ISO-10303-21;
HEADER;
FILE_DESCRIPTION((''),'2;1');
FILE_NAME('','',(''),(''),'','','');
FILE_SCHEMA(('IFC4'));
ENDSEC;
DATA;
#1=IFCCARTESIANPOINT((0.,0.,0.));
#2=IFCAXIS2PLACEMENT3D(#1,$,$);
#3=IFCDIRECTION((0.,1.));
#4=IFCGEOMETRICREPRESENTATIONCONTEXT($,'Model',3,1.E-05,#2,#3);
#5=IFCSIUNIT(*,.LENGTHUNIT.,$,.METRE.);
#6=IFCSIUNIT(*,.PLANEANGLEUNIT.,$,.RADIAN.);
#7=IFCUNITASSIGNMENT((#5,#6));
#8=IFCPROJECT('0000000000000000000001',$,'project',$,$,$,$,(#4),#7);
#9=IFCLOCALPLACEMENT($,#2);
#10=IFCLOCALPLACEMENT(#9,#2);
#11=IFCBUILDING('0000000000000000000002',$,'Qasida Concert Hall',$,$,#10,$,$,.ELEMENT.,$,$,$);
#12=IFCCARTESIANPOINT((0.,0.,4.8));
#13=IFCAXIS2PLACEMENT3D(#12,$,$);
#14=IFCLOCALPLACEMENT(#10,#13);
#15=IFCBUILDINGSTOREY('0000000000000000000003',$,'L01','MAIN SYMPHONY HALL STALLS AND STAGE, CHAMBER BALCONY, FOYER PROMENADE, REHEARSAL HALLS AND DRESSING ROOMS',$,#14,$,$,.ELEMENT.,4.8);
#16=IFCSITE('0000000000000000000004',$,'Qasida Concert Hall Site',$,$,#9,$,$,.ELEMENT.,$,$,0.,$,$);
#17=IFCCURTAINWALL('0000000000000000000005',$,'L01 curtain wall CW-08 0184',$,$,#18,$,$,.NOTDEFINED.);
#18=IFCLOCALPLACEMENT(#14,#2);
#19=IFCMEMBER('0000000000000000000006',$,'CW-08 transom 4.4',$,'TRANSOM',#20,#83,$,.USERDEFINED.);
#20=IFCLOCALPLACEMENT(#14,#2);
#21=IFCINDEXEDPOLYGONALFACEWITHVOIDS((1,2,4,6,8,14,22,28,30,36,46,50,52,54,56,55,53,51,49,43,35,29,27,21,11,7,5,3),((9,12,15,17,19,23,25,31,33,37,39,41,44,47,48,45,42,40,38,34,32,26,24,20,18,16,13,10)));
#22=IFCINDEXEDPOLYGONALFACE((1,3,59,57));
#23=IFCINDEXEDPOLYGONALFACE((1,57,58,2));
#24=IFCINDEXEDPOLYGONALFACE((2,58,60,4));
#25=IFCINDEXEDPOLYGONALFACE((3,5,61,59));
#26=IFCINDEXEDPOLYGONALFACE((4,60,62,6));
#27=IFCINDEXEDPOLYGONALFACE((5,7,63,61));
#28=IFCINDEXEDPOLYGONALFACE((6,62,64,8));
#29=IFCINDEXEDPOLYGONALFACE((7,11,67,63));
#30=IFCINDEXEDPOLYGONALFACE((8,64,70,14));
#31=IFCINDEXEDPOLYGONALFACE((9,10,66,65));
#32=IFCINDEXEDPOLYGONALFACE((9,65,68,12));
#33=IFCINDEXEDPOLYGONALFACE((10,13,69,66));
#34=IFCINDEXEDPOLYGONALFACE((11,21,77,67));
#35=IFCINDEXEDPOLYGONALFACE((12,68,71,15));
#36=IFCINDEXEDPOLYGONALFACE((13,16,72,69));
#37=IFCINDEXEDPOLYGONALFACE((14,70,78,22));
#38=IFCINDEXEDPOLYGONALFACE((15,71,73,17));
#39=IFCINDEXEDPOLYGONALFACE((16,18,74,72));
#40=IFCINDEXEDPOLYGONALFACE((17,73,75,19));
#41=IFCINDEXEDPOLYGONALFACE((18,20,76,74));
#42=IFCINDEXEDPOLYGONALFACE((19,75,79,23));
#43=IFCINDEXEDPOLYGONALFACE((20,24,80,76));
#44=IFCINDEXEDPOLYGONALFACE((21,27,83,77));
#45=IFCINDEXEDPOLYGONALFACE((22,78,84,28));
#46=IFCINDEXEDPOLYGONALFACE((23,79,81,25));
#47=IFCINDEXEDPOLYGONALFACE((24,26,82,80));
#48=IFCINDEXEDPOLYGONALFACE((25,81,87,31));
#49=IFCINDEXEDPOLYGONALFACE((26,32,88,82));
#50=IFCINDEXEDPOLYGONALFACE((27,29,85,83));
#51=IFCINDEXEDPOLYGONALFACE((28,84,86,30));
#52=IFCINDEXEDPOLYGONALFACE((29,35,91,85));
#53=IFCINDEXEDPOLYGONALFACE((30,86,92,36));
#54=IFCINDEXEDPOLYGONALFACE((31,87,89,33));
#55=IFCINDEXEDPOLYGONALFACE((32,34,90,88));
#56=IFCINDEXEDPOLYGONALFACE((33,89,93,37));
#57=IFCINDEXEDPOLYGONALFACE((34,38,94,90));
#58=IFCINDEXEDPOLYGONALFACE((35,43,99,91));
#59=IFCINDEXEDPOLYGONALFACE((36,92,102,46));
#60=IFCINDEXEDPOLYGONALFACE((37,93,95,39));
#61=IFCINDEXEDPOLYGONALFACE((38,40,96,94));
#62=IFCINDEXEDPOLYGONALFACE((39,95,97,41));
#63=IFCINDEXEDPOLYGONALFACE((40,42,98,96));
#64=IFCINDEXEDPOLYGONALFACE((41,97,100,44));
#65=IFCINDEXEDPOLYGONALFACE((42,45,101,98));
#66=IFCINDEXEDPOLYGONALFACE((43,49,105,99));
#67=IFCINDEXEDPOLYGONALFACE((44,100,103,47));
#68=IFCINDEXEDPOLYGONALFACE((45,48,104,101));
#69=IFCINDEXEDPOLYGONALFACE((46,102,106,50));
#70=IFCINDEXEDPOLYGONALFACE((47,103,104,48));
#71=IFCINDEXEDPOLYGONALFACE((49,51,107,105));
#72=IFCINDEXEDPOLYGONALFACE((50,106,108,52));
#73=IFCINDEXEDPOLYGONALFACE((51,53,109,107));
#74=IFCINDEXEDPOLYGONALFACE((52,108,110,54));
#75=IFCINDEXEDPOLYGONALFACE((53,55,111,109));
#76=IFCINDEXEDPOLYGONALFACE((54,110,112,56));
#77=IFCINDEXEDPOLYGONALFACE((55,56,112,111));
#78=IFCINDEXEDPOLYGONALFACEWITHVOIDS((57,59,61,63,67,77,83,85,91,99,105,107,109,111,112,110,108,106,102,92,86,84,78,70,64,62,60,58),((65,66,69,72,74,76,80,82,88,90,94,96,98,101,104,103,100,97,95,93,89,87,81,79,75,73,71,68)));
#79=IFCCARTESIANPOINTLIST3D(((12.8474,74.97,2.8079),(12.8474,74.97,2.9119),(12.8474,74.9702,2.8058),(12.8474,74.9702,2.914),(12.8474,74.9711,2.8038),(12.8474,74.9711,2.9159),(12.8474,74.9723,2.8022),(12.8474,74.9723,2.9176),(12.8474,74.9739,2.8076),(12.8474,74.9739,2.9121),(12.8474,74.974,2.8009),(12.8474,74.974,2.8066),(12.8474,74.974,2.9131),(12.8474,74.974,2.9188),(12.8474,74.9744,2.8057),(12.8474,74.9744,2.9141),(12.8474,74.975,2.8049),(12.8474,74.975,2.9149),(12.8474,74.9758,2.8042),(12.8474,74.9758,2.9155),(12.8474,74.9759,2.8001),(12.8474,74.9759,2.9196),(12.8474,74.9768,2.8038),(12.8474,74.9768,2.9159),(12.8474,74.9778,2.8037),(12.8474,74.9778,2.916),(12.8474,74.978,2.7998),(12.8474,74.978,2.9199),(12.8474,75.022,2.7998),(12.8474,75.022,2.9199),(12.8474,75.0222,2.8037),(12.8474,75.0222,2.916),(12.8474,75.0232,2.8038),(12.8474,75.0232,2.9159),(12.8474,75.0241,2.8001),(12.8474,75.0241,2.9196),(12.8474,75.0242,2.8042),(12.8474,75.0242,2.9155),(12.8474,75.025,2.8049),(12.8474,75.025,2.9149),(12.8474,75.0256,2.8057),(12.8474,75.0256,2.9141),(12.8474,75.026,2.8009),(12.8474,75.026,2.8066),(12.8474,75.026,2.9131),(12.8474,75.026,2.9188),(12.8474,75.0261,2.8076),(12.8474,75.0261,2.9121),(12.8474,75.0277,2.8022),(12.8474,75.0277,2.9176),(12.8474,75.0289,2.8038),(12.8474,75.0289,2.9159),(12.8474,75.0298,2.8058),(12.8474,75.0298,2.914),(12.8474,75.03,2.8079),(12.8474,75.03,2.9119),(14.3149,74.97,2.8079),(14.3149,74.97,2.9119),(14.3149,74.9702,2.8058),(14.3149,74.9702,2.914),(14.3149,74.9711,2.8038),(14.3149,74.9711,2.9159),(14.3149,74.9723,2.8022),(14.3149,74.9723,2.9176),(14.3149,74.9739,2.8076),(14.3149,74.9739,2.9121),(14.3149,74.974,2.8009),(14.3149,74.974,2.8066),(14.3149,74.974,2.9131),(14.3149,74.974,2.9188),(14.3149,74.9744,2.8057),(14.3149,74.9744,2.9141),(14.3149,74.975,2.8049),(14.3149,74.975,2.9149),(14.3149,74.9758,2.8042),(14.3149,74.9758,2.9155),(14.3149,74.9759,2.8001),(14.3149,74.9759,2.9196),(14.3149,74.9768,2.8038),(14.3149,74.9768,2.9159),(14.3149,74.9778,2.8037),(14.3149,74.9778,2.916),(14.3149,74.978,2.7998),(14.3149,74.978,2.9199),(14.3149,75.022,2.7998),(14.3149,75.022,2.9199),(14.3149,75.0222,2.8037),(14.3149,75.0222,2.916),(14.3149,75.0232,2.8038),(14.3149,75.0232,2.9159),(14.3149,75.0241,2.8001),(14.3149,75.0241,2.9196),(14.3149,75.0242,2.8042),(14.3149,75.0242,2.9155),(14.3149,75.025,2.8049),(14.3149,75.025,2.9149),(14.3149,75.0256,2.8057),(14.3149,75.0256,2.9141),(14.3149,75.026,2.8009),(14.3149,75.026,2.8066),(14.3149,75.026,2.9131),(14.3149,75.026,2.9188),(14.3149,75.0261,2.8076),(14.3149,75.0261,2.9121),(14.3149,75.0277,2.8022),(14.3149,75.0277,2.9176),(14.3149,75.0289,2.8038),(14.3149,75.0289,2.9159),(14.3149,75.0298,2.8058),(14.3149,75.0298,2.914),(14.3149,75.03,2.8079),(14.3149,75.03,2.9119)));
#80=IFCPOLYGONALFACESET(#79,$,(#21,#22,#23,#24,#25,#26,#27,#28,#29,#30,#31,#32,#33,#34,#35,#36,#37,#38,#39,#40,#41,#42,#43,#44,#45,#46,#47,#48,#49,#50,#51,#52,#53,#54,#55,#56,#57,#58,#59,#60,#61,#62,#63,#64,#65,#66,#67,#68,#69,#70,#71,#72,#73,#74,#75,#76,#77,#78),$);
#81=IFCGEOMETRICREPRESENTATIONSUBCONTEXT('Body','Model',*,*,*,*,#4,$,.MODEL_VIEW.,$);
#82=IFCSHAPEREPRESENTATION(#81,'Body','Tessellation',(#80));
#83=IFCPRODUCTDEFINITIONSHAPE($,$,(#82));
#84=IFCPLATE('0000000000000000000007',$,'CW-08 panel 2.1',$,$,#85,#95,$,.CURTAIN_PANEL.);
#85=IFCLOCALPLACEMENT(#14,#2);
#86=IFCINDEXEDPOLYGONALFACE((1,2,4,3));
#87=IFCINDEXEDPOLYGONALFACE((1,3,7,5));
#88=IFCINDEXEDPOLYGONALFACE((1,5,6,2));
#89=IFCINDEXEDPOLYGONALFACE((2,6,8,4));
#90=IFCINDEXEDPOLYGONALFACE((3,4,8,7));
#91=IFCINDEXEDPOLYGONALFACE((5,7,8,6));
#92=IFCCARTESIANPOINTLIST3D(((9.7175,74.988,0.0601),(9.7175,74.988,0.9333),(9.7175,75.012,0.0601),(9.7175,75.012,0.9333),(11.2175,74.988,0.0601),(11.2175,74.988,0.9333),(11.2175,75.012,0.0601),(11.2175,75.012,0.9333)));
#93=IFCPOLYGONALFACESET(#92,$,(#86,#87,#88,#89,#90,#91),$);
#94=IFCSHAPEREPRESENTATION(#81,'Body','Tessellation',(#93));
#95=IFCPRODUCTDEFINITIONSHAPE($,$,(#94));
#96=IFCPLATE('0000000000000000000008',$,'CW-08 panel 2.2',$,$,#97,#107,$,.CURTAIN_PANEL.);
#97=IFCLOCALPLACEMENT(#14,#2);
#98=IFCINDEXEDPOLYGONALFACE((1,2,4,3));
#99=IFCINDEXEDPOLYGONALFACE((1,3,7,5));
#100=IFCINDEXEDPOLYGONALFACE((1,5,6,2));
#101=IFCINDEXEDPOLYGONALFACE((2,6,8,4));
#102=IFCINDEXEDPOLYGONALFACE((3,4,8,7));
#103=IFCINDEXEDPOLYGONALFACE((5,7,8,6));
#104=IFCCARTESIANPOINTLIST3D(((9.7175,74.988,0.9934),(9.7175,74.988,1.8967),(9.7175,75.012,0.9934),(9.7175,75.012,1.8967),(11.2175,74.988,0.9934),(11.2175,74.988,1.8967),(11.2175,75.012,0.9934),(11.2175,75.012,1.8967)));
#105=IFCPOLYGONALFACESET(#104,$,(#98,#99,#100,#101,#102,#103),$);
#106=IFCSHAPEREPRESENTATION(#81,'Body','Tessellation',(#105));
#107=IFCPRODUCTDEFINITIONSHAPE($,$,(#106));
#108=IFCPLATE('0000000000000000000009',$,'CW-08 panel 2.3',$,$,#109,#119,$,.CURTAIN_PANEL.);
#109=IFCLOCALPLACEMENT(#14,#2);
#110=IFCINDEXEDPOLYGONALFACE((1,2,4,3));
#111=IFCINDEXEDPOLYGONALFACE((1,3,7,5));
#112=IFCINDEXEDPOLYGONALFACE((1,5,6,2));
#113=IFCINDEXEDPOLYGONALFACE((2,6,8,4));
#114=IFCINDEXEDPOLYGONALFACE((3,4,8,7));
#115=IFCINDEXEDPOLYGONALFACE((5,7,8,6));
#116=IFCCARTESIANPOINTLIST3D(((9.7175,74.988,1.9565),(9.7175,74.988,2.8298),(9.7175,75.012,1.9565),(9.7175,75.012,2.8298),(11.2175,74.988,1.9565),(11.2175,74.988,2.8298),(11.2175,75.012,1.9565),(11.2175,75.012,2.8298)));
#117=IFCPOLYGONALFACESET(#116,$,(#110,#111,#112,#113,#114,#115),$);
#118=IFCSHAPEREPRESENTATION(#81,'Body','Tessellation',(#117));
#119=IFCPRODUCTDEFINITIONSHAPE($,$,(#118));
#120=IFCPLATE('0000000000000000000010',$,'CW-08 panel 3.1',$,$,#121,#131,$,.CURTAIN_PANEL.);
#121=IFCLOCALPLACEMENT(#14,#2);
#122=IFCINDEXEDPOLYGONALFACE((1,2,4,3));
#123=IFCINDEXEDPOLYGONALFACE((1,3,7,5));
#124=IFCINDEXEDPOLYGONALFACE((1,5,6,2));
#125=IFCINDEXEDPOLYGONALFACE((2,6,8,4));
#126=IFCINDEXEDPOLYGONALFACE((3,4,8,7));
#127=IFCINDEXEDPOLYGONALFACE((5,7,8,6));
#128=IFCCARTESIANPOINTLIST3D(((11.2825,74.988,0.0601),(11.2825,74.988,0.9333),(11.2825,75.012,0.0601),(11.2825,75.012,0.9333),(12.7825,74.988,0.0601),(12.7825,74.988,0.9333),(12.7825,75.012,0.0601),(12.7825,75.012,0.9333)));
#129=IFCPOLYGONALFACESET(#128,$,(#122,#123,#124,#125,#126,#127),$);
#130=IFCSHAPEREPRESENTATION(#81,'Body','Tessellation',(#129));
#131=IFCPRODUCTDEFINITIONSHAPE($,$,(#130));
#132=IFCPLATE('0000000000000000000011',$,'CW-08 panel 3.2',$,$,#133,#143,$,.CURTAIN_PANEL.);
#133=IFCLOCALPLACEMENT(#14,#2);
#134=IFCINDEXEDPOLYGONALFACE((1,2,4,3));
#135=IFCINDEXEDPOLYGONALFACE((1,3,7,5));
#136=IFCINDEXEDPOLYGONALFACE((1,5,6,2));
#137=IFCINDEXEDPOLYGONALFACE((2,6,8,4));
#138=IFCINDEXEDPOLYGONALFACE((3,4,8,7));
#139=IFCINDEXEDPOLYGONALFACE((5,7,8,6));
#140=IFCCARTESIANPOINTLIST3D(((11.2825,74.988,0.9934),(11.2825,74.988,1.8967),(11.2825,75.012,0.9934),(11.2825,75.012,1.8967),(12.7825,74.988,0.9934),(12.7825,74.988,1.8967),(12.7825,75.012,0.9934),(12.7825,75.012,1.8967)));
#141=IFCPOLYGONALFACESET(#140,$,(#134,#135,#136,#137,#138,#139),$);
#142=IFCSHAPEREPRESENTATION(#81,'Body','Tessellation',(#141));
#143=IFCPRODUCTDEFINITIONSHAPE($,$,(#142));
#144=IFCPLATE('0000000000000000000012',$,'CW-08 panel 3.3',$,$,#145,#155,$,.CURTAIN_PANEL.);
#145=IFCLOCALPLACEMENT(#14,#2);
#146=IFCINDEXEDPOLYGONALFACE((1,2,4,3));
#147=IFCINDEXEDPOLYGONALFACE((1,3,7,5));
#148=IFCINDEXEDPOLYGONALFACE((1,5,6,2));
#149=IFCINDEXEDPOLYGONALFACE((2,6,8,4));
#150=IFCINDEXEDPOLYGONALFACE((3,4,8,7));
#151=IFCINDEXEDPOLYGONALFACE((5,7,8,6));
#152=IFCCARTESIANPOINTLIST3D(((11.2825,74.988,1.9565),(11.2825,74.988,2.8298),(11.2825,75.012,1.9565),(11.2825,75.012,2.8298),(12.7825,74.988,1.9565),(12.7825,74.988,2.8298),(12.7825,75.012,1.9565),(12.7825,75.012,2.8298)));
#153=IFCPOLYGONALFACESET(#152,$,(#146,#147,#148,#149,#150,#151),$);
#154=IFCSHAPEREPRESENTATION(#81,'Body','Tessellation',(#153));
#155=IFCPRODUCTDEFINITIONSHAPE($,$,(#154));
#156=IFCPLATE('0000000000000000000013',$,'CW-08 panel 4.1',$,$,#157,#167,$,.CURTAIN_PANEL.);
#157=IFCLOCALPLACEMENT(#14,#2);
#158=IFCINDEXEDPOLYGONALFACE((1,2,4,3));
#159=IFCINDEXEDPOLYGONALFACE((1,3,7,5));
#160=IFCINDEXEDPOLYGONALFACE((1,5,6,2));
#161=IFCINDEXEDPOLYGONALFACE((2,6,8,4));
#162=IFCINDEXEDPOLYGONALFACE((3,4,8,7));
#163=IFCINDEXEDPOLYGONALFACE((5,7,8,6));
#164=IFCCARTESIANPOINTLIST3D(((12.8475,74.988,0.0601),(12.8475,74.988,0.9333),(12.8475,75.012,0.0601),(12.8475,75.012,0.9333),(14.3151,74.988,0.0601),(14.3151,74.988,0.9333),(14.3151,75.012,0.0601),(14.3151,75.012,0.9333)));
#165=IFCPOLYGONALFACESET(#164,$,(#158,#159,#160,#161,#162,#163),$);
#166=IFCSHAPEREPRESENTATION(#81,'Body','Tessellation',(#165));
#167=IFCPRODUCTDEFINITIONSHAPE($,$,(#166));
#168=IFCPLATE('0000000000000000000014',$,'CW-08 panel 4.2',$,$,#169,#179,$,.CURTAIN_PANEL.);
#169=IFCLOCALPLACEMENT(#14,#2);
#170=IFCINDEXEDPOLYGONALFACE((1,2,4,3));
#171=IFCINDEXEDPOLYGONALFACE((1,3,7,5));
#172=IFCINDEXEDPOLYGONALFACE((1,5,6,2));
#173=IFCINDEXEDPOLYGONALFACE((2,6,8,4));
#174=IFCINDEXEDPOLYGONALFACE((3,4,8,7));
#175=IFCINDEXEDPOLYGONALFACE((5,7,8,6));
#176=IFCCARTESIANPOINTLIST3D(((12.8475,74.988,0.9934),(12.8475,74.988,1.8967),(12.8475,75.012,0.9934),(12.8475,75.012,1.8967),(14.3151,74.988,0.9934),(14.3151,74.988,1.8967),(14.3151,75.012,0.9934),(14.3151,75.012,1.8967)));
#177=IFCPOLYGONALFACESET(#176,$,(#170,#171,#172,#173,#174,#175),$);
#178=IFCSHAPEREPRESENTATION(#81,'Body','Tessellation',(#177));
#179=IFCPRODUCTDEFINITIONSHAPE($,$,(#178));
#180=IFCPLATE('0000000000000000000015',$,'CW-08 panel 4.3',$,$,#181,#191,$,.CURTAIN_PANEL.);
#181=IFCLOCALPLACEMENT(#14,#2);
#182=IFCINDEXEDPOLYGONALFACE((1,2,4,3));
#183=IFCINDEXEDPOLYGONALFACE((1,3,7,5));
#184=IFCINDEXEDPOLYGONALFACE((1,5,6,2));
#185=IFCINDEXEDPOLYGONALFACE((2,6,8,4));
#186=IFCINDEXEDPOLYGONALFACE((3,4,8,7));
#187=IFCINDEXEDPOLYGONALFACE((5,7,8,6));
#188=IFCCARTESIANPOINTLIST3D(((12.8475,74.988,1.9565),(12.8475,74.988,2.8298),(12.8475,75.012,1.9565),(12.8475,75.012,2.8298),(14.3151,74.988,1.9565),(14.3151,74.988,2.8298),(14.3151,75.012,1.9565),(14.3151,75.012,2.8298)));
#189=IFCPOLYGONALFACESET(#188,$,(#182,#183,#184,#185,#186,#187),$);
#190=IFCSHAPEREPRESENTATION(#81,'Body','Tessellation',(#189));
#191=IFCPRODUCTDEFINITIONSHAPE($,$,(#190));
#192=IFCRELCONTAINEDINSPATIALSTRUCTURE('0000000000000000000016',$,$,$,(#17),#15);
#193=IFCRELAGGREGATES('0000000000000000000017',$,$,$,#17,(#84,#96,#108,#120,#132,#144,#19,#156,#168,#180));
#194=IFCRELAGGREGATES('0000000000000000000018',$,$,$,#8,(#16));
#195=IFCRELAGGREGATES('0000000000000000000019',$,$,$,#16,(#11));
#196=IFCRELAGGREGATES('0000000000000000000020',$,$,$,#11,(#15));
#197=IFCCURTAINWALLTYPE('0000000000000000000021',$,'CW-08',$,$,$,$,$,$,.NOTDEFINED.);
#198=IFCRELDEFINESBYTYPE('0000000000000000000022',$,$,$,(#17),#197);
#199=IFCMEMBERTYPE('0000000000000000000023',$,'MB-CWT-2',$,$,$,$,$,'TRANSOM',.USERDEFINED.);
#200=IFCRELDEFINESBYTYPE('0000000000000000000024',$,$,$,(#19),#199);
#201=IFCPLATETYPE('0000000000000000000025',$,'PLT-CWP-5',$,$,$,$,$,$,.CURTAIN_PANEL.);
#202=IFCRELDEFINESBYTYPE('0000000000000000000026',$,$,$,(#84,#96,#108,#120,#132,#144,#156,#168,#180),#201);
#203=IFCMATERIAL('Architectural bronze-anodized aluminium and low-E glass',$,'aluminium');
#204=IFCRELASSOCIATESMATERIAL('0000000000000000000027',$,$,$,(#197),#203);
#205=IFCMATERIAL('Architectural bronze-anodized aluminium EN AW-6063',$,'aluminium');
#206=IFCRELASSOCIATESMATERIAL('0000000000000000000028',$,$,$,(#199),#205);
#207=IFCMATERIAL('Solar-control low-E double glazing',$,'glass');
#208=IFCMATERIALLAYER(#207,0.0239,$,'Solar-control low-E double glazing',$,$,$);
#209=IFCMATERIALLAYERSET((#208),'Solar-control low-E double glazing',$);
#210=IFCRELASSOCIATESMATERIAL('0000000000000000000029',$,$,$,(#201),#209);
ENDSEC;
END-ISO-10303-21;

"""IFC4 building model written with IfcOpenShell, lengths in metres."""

from ifc_helpers import new_model, si_unit, direction, frame, origin, origin_2d, place, context, subcontext, project, spatial, rectangle, hollow_rectangle, extrude, material, layer, layer_set, material_profile, profile_set, type_object, element, aggregate, save


model = new_model("IFC4")

# Units and contexts
model_context = context("Model", 3, precision=1e-05, world=origin(), true_north=direction((0.0, 1.0)))
body_context = subcontext(model_context, "Body", "Model", "MODEL_VIEW")
ifc_project = project(units=[si_unit("LENGTHUNIT", "METRE"), si_unit("PLANEANGLEUNIT", "RADIAN")], contexts=[model_context])

# Site, building, storey
site_placement = place(None, origin())
site = spatial("IfcSite", under=ifc_project, at=site_placement, Name="Qasida Concert Hall Site", CompositionType="ELEMENT", RefElevation=0.0)
building_placement = place(site_placement, origin())
building = spatial("IfcBuilding", under=site, at=building_placement, Name="Qasida Concert Hall", CompositionType="ELEMENT")
storey_placement = place(building_placement, frame((0.0, 0.0, 4.8)))
storey = spatial("IfcBuildingStorey", under=building, at=storey_placement, Name="L01", Description="MAIN SYMPHONY HALL STALLS AND STAGE, CHAMBER BALCONY, FOYER PROMENADE, REHEARSAL HALLS AND DRESSING ROOMS", CompositionType="ELEMENT", Elevation=4.8)

# Curtain wall, member, plates
ifc_material_1 = material(Name="Architectural bronze-anodized aluminium and low-E glass", Category="aluminium")
curtain_wall_type = type_object("IfcCurtainWallType", Name="CW-08", PredefinedType="NOTDEFINED", material=ifc_material_1)
curtain_wall_placement = place(storey_placement, origin())
curtain_wall = element("IfcCurtainWall", 1, at=curtain_wall_placement, inside=storey, type_object=curtain_wall_type, Name="L01 curtain wall CW-08 0184", PredefinedType="NOTDEFINED")
ifc_material_2 = material(Name="Architectural bronze-anodized aluminium EN AW-6063", Category="aluminium")
ifc_material_profile_1 = material_profile(ifc_material_2, hollow_rectangle(XDim=0.0601, YDim=0.1201, WallThickness=0.0039, InnerFilletRadius=0.0039, OuterFilletRadius=0.0081, at=origin_2d()), Name="CWT 120x60x4")
ifc_profile_set_1 = profile_set([ifc_material_profile_1], Name="Architectural bronze-anodized aluminium EN AW-6063")
member_type_1 = type_object("IfcMemberType", Name="MB-CWT-2", ElementType="TRANSOM", PredefinedType="USERDEFINED", material=ifc_profile_set_1)
member_1_placement = place(storey_placement, frame((12.8474, 75.0, 2.8599), z_axis=(1.0, 0.0, 0.0), x_axis=(0.0, 1.0, 0.0)))
member_1 = element("IfcMember", 2, at=member_1_placement, type_object=member_type_1, Name="CW-08 transom 4.4", ObjectType="TRANSOM", PredefinedType="USERDEFINED", context=body_context, shape_type="SweptSolid", body=[
    extrude(hollow_rectangle(XDim=0.0601, YDim=0.1201, WallThickness=0.0039, InnerFilletRadius=0.0039, OuterFilletRadius=0.0081, at=origin_2d()), origin(), (0.0, 0.0, 1.0), 1.4675),
])
ifc_material_3 = material(Name="Solar-control low-E double glazing", Category="glass")
ifc_layer_1 = layer(ifc_material_3, 0.0239, Name="Solar-control low-E double glazing")
ifc_layer_set_1 = layer_set([ifc_layer_1], Name="Solar-control low-E double glazing")
plate_type = type_object("IfcPlateType", Name="PLT-CWP-5", PredefinedType="CURTAIN_PANEL", material=ifc_layer_set_1)
plate_1_placement = place(storey_placement, frame((10.4675, 75.0, 0.0601), z_axis=(0.0, 0.0, 1.0), x_axis=(1.0, 0.0, 0.0)))
plate_1 = element("IfcPlate", 3, at=plate_1_placement, type_object=plate_type, Name="CW-08 panel 2.1", PredefinedType="CURTAIN_PANEL", context=body_context, shape_type="SweptSolid", body=[
    extrude(rectangle(XDim=1.5, YDim=0.0239, at=origin_2d()), origin(), (0.0, 0.0, 1.0), 0.8733),
])
plate_2_placement = place(storey_placement, frame((10.4675, 75.0, 0.9934), z_axis=(0.0, 0.0, 1.0), x_axis=(1.0, 0.0, 0.0)))
plate_2 = element("IfcPlate", 4, at=plate_2_placement, type_object=plate_type, Name="CW-08 panel 2.2", PredefinedType="CURTAIN_PANEL", context=body_context, shape_type="SweptSolid", body=[
    extrude(rectangle(XDim=1.5, YDim=0.0239, at=origin_2d()), origin(), (0.0, 0.0, 1.0), 0.9033),
])
plate_3_placement = place(storey_placement, frame((10.4675, 75.0, 1.9565), z_axis=(0.0, 0.0, 1.0), x_axis=(1.0, 0.0, 0.0)))
plate_3 = element("IfcPlate", 5, at=plate_3_placement, type_object=plate_type, Name="CW-08 panel 2.3", PredefinedType="CURTAIN_PANEL", context=body_context, shape_type="SweptSolid", body=[
    extrude(rectangle(XDim=1.5, YDim=0.0239, at=origin_2d()), origin(), (0.0, 0.0, 1.0), 0.8733),
])
plate_4_placement = place(storey_placement, frame((12.0325, 75.0, 0.0601), z_axis=(0.0, 0.0, 1.0), x_axis=(1.0, 0.0, 0.0)))
plate_4 = element("IfcPlate", 6, at=plate_4_placement, type_object=plate_type, Name="CW-08 panel 3.1", PredefinedType="CURTAIN_PANEL", context=body_context, shape_type="SweptSolid", body=[
    extrude(rectangle(XDim=1.5, YDim=0.0239, at=origin_2d()), origin(), (0.0, 0.0, 1.0), 0.8733),
])
plate_5_placement = place(storey_placement, frame((12.0325, 75.0, 0.9934), z_axis=(0.0, 0.0, 1.0), x_axis=(1.0, 0.0, 0.0)))
plate_5 = element("IfcPlate", 7, at=plate_5_placement, type_object=plate_type, Name="CW-08 panel 3.2", PredefinedType="CURTAIN_PANEL", context=body_context, shape_type="SweptSolid", body=[
    extrude(rectangle(XDim=1.5, YDim=0.0239, at=origin_2d()), origin(), (0.0, 0.0, 1.0), 0.9033),
])
plate_6_placement = place(storey_placement, frame((12.0325, 75.0, 1.9565), z_axis=(0.0, 0.0, 1.0), x_axis=(1.0, 0.0, 0.0)))
plate_6 = element("IfcPlate", 8, at=plate_6_placement, type_object=plate_type, Name="CW-08 panel 3.3", PredefinedType="CURTAIN_PANEL", context=body_context, shape_type="SweptSolid", body=[
    extrude(rectangle(XDim=1.5, YDim=0.0239, at=origin_2d()), origin(), (0.0, 0.0, 1.0), 0.8733),
])
plate_7_placement = place(storey_placement, frame((13.5813, 75.0, 0.0601), z_axis=(0.0, 0.0, 1.0), x_axis=(1.0, 0.0, 0.0)))
plate_7 = element("IfcPlate", 9, at=plate_7_placement, type_object=plate_type, Name="CW-08 panel 4.1", PredefinedType="CURTAIN_PANEL", context=body_context, shape_type="SweptSolid", body=[
    extrude(rectangle(XDim=1.4675, YDim=0.0239, at=origin_2d()), origin(), (0.0, 0.0, 1.0), 0.8733),
])
plate_8_placement = place(storey_placement, frame((13.5813, 75.0, 0.9934), z_axis=(0.0, 0.0, 1.0), x_axis=(1.0, 0.0, 0.0)))
plate_8 = element("IfcPlate", 10, at=plate_8_placement, type_object=plate_type, Name="CW-08 panel 4.2", PredefinedType="CURTAIN_PANEL", context=body_context, shape_type="SweptSolid", body=[
    extrude(rectangle(XDim=1.4675, YDim=0.0239, at=origin_2d()), origin(), (0.0, 0.0, 1.0), 0.9033),
])
plate_9_placement = place(storey_placement, frame((13.5813, 75.0, 1.9565), z_axis=(0.0, 0.0, 1.0), x_axis=(1.0, 0.0, 0.0)))
plate_9 = element("IfcPlate", 11, at=plate_9_placement, type_object=plate_type, Name="CW-08 panel 4.3", PredefinedType="CURTAIN_PANEL", context=body_context, shape_type="SweptSolid", body=[
    extrude(rectangle(XDim=1.4675, YDim=0.0239, at=origin_2d()), origin(), (0.0, 0.0, 1.0), 0.8733),
])
aggregate(curtain_wall, [plate_1, plate_2, plate_3, plate_4, plate_5, plate_6, member_1, plate_7, plate_8, plate_9])

save(model, "model.ifc")
